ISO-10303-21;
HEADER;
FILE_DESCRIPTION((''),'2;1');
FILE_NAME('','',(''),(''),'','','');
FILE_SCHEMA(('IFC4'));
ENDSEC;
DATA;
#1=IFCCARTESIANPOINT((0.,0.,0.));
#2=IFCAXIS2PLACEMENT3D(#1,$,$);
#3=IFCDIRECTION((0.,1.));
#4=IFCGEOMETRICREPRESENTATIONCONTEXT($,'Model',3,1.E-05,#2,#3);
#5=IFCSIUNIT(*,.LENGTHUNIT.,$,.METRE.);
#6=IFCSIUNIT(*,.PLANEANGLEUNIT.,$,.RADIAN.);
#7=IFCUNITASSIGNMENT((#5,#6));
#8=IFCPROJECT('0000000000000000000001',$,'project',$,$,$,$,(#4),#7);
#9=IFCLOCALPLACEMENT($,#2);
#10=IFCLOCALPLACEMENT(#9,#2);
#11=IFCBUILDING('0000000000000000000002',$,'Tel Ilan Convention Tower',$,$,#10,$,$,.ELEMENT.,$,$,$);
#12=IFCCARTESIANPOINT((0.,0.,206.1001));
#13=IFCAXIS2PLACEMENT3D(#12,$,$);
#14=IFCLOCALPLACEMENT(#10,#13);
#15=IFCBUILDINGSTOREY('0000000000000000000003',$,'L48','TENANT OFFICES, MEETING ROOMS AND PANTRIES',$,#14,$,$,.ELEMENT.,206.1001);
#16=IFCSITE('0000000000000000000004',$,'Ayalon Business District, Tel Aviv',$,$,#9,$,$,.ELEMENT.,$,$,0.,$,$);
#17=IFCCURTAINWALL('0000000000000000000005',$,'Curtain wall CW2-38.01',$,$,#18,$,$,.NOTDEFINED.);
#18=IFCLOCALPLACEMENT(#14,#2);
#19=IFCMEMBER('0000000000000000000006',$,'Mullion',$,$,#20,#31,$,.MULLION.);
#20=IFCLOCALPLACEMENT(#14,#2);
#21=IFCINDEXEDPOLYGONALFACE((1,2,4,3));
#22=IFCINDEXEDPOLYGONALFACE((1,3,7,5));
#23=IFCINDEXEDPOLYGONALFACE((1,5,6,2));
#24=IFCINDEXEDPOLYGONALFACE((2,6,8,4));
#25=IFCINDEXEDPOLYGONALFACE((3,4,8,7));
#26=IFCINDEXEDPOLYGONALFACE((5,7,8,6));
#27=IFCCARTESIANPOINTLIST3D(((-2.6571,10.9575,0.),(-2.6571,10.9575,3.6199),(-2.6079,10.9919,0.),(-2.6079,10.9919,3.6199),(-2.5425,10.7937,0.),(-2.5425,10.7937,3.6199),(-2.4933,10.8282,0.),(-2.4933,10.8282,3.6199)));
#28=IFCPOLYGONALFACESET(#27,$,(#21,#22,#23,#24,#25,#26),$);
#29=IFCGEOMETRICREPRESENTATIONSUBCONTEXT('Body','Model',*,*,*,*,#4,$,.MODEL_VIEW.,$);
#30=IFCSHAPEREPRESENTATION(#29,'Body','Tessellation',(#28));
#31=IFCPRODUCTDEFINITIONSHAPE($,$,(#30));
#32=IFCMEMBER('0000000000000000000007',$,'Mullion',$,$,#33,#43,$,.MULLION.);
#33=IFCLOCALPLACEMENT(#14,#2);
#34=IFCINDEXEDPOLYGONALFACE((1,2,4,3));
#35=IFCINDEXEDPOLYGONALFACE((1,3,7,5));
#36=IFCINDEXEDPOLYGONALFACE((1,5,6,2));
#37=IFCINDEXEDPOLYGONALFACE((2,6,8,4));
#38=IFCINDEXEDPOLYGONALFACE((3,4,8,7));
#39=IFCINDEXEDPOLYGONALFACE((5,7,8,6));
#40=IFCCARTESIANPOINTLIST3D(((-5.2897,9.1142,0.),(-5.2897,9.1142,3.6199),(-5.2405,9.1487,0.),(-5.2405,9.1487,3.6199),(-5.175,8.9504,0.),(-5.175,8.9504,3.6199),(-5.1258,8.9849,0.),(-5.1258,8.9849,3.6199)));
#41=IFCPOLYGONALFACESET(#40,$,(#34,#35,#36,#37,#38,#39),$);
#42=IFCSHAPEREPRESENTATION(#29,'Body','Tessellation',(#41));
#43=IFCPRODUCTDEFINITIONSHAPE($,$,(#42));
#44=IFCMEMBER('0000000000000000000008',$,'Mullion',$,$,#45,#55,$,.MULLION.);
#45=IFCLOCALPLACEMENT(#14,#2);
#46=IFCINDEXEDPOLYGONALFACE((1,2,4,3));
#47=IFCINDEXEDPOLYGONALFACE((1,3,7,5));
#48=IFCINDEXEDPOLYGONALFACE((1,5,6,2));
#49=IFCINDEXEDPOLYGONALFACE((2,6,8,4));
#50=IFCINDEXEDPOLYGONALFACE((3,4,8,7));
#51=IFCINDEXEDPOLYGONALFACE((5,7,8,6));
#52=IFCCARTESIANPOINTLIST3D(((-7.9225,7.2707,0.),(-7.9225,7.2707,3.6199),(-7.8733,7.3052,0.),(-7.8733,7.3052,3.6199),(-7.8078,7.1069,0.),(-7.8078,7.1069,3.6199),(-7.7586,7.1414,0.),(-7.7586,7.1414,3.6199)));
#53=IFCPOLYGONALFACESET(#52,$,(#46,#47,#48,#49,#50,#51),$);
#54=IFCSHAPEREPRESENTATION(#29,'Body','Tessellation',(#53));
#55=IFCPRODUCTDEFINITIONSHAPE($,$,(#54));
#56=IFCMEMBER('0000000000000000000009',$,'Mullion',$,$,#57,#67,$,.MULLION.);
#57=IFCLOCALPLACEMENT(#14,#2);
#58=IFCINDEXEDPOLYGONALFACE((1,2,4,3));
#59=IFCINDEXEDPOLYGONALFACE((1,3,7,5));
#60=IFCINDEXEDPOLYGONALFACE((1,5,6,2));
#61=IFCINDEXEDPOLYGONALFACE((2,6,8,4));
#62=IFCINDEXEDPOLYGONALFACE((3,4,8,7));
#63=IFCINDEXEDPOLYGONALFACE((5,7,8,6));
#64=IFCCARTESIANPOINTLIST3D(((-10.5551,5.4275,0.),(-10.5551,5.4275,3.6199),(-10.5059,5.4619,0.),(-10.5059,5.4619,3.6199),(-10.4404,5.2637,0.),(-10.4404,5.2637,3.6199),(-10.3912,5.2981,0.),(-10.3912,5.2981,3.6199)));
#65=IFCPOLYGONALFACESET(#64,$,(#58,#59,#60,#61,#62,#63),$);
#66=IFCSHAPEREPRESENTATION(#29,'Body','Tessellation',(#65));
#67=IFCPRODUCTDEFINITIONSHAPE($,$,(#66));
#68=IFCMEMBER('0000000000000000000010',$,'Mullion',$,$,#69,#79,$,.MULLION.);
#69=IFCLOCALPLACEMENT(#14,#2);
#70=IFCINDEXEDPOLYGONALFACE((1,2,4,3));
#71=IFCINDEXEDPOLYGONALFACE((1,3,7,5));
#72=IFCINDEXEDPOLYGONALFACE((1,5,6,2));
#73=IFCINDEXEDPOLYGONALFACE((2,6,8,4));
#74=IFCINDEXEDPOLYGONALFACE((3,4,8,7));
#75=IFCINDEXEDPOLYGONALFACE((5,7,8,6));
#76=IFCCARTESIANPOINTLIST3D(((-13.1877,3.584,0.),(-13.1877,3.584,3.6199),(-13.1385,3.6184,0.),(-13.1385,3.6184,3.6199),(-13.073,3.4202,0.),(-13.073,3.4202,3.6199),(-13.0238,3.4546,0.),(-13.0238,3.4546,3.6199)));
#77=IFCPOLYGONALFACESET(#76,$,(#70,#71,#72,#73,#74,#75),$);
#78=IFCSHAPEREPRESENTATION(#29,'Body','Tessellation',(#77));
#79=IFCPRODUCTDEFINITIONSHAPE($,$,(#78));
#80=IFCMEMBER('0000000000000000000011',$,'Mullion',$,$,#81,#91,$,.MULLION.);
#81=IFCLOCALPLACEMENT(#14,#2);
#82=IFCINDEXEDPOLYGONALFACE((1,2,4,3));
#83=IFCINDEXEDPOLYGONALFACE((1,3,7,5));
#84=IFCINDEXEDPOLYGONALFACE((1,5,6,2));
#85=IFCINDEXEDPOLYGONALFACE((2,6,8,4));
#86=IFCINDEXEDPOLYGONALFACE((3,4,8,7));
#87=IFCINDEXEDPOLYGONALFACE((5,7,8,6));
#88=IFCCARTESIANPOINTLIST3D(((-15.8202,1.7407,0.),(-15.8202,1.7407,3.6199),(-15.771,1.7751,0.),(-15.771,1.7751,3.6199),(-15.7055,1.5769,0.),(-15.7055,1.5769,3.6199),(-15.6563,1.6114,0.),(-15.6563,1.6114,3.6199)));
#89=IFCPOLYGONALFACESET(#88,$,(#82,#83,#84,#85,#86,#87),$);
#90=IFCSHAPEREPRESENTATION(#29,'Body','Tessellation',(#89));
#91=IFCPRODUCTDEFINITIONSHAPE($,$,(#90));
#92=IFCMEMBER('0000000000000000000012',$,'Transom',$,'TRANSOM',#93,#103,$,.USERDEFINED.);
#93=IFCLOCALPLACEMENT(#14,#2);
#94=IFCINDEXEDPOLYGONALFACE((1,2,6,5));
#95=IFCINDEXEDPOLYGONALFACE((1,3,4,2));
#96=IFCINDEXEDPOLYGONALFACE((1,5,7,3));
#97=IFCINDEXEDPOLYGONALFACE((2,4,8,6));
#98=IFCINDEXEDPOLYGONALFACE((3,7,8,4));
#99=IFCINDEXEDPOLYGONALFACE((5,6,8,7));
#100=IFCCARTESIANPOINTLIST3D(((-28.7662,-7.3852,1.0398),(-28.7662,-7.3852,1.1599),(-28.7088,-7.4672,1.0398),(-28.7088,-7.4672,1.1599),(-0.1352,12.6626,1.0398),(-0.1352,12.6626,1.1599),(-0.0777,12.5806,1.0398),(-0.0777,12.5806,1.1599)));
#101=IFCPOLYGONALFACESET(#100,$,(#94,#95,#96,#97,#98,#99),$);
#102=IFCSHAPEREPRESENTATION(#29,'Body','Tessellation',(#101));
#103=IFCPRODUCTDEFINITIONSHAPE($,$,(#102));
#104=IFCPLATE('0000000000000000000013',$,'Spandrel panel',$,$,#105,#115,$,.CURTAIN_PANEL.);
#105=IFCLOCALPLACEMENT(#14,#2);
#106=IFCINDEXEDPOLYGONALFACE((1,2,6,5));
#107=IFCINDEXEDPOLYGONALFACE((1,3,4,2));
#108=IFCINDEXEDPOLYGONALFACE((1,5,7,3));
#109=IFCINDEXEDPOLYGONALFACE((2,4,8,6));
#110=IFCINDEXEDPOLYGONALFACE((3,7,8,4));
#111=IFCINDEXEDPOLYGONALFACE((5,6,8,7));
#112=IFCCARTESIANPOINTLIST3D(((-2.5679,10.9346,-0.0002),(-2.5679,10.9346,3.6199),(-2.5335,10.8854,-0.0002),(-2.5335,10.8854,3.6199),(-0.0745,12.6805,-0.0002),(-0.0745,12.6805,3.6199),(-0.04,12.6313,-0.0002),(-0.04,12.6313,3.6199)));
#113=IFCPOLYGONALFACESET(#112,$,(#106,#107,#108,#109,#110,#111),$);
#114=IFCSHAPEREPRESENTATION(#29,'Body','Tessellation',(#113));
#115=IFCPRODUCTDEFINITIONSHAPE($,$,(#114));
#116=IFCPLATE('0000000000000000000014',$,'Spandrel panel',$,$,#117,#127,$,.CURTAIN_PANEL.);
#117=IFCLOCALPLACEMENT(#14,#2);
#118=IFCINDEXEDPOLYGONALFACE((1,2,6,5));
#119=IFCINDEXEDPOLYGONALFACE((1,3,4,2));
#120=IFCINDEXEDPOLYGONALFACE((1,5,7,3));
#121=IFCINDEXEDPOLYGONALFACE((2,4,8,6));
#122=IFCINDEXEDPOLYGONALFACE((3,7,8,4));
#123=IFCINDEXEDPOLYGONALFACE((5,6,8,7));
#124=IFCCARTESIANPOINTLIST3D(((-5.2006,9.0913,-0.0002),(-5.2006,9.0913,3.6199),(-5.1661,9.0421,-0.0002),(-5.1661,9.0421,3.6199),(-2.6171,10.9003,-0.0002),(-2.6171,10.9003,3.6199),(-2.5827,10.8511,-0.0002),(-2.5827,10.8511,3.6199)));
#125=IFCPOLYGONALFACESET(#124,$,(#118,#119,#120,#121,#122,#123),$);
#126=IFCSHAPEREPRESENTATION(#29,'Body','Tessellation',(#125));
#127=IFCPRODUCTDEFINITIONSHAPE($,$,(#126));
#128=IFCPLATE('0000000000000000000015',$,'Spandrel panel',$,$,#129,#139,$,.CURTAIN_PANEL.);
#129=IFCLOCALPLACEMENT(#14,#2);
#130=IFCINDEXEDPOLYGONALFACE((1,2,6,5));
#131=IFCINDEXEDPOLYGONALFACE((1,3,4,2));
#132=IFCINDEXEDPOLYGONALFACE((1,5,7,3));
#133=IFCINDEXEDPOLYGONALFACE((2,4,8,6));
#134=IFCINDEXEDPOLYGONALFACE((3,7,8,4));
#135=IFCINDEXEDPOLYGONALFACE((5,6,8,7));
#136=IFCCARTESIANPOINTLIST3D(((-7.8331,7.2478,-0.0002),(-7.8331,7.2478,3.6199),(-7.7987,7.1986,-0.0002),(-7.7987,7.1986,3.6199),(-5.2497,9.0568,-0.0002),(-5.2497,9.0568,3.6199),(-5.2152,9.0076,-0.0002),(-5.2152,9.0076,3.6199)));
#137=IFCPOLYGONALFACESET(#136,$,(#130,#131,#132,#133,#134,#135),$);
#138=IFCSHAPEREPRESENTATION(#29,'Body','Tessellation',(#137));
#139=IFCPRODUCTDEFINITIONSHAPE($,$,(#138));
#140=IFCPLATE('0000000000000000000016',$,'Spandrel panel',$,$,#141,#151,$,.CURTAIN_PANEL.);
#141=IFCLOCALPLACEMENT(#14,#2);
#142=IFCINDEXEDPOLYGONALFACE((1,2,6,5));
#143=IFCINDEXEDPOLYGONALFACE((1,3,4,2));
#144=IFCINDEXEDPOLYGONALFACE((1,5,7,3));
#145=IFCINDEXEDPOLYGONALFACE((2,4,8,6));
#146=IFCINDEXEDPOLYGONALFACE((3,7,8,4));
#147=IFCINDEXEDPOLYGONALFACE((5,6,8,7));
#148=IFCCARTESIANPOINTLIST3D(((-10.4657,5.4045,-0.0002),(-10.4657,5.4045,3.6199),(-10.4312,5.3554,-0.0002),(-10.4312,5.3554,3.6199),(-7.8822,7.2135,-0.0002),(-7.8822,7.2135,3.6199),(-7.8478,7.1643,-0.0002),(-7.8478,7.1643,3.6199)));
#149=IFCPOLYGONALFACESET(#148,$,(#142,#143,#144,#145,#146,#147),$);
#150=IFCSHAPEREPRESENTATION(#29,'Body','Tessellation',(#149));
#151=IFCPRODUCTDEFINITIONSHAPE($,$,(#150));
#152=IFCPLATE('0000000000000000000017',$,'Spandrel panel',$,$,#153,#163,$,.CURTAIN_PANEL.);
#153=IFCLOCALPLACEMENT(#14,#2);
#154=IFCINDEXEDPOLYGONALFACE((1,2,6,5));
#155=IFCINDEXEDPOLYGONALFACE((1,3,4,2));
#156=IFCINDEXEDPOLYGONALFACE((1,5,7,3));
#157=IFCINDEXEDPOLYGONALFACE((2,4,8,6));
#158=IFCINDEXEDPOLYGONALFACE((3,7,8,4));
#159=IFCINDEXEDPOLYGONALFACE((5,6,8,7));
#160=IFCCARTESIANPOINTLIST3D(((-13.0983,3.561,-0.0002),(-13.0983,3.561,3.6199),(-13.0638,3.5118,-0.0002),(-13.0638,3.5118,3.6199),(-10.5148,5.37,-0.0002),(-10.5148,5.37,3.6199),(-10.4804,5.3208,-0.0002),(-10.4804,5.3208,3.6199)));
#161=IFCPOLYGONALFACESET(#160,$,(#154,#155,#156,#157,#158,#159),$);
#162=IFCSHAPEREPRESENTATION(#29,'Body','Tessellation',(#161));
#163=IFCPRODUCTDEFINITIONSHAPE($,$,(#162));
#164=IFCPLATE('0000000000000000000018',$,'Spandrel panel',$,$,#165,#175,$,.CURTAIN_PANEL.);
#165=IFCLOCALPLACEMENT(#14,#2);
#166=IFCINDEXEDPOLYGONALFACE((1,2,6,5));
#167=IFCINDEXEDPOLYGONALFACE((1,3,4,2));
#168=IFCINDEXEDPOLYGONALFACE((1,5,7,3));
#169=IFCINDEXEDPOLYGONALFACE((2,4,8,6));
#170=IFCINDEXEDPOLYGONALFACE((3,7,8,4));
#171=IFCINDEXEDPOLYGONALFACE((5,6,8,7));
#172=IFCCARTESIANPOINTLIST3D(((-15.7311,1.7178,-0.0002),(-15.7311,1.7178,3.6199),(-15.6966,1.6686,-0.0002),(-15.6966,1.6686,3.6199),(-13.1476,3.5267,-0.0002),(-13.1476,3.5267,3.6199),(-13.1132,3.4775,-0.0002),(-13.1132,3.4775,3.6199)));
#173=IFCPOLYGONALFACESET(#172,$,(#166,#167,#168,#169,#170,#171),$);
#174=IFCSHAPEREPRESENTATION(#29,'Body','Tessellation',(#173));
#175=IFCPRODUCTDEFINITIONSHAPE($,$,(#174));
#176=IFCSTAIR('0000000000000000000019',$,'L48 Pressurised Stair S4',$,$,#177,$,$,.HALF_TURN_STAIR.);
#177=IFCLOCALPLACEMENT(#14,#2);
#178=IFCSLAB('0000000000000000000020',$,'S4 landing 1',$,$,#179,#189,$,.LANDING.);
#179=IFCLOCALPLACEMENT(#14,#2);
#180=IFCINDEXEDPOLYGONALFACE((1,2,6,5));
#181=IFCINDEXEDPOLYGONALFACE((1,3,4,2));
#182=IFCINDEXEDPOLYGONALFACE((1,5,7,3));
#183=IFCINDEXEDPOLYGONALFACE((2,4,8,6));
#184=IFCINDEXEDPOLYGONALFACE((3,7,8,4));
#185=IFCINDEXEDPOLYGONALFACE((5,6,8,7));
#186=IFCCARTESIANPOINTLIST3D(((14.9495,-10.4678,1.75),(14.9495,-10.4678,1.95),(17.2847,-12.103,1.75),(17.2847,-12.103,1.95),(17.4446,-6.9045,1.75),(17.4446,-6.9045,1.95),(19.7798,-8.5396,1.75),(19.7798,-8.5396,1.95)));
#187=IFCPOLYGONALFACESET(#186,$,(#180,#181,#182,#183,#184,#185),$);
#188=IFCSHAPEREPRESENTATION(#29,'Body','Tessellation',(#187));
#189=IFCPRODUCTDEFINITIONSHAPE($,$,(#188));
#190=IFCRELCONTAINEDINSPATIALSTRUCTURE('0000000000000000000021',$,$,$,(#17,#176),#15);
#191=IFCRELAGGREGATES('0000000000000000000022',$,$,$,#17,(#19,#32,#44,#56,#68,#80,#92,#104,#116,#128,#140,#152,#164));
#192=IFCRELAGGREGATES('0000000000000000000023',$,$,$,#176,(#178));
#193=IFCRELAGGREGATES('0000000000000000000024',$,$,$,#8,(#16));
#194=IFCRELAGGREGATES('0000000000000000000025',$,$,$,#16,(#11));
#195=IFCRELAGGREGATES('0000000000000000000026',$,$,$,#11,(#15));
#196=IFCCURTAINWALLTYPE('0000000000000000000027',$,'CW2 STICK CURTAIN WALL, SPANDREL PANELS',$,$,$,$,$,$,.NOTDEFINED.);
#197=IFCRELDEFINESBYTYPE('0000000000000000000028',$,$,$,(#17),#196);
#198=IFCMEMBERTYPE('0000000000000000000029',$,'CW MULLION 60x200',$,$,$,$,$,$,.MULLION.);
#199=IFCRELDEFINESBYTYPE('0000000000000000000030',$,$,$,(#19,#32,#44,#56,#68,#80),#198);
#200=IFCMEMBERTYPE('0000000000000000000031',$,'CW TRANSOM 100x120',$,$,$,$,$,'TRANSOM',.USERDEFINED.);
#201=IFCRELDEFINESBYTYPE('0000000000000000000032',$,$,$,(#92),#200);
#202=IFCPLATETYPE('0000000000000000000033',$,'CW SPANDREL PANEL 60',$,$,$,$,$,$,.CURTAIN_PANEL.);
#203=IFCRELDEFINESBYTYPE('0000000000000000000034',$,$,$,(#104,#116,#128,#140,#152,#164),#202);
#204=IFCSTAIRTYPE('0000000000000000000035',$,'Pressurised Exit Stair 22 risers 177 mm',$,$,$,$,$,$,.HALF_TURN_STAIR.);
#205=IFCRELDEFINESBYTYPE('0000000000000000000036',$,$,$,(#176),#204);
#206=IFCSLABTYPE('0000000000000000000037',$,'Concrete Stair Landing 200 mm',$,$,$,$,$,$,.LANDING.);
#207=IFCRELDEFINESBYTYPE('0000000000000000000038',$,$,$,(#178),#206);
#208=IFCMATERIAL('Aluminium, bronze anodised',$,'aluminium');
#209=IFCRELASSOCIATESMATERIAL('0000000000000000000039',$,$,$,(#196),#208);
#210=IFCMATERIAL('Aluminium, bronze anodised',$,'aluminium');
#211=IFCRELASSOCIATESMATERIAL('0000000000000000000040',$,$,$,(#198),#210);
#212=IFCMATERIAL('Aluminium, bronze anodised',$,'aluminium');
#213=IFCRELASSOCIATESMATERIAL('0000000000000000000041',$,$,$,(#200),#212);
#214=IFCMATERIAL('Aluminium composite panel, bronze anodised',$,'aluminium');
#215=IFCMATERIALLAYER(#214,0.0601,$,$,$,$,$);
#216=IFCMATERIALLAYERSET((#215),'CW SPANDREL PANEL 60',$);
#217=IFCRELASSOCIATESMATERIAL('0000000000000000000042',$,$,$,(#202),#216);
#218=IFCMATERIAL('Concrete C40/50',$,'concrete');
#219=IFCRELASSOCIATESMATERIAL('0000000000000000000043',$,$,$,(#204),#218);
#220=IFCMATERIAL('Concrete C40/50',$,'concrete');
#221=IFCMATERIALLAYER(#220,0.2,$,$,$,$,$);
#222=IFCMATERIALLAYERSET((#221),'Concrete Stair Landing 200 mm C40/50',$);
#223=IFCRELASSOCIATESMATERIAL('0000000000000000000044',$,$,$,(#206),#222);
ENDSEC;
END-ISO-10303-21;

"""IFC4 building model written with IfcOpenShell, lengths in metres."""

from ifc_helpers import new_model, si_unit, direction, frame, origin, origin_2d, place, context, subcontext, project, spatial, polyline, rectangle, outline, extrude, material, layer, layer_set, material_profile, profile_set, type_object, element, aggregate, save


model = new_model("IFC4")

# Units and contexts
model_context = context("Model", 3, precision=1e-05, world=origin(), true_north=direction((0.0, 1.0)))
body_context = subcontext(model_context, "Body", "Model", "MODEL_VIEW")
ifc_project = project(units=[si_unit("LENGTHUNIT", "METRE"), si_unit("PLANEANGLEUNIT", "RADIAN")], contexts=[model_context])

# Site, building, storey
site_placement = place(None, origin())
site = spatial("IfcSite", under=ifc_project, at=site_placement, Name="Ayalon Business District, Tel Aviv", CompositionType="ELEMENT", RefElevation=0.0)
building_placement = place(site_placement, origin())
building = spatial("IfcBuilding", under=site, at=building_placement, Name="Tel Ilan Convention Tower", CompositionType="ELEMENT")
storey_placement = place(building_placement, frame((0.0, 0.0, 206.1001)))
storey = spatial("IfcBuildingStorey", under=building, at=storey_placement, Name="L48", Description="TENANT OFFICES, MEETING ROOMS AND PANTRIES", CompositionType="ELEMENT", Elevation=206.1001)

# Curtain wall, members, plates
ifc_material_1 = material(Name="Aluminium, bronze anodised", Category="aluminium")
curtain_wall_type = type_object("IfcCurtainWallType", Name="CW2 STICK CURTAIN WALL, SPANDREL PANELS", PredefinedType="NOTDEFINED", material=ifc_material_1)
curtain_wall_placement = place(storey_placement, origin())
curtain_wall = element("IfcCurtainWall", 1, at=curtain_wall_placement, inside=storey, type_object=curtain_wall_type, Name="Curtain wall CW2-38.01", PredefinedType="NOTDEFINED")
ifc_material_2 = material(Name="Aluminium, bronze anodised", Category="aluminium")
ifc_material_profile_1 = material_profile(ifc_material_2, rectangle(XDim=0.0601, YDim=0.2, at=origin_2d()), Name="CW MULLION 60x200")
ifc_profile_set_1 = profile_set([ifc_material_profile_1], Name="Aluminium, bronze anodised")
member_type_1 = type_object("IfcMemberType", Name="CW MULLION 60x200", PredefinedType="MULLION", material=ifc_profile_set_1)
member_1_placement = place(storey_placement, frame((-2.5752, 10.8928, 0.0), z_axis=(0.0, 0.0, 1.0), x_axis=(-0.819152, -0.573576, 0.0)))
member_1 = element("IfcMember", 2, at=member_1_placement, type_object=member_type_1, Name="Mullion", PredefinedType="MULLION", context=body_context, shape_type="SweptSolid", body=[
    extrude(rectangle(XDim=0.0601, YDim=0.2, at=origin_2d()), origin(), (0.0, 0.0, 1.0), 3.6199),
])
member_2_placement = place(storey_placement, frame((-5.2078, 9.0496, 0.0), z_axis=(0.0, 0.0, 1.0), x_axis=(-0.819152, -0.573576, 0.0)))
member_2 = element("IfcMember", 3, at=member_2_placement, type_object=member_type_1, Name="Mullion", PredefinedType="MULLION", context=body_context, shape_type="SweptSolid", body=[
    extrude(rectangle(XDim=0.0601, YDim=0.2, at=origin_2d()), origin(), (0.0, 0.0, 1.0), 3.6199),
])
member_3_placement = place(storey_placement, frame((-7.8406, 7.2061, 0.0), z_axis=(0.0, 0.0, 1.0), x_axis=(-0.819152, -0.573576, 0.0)))
member_3 = element("IfcMember", 4, at=member_3_placement, type_object=member_type_1, Name="Mullion", PredefinedType="MULLION", context=body_context, shape_type="SweptSolid", body=[
    extrude(rectangle(XDim=0.0601, YDim=0.2, at=origin_2d()), origin(), (0.0, 0.0, 1.0), 3.6199),
])
member_4_placement = place(storey_placement, frame((-10.4731, 5.3628, 0.0), z_axis=(0.0, 0.0, 1.0), x_axis=(-0.819152, -0.573576, 0.0)))
member_4 = element("IfcMember", 5, at=member_4_placement, type_object=member_type_1, Name="Mullion", PredefinedType="MULLION", context=body_context, shape_type="SweptSolid", body=[
    extrude(rectangle(XDim=0.0601, YDim=0.2, at=origin_2d()), origin(), (0.0, 0.0, 1.0), 3.6199),
])
member_5_placement = place(storey_placement, frame((-13.1057, 3.5193, 0.0), z_axis=(0.0, 0.0, 1.0), x_axis=(-0.819152, -0.573576, 0.0)))
member_5 = element("IfcMember", 6, at=member_5_placement, type_object=member_type_1, Name="Mullion", PredefinedType="MULLION", context=body_context, shape_type="SweptSolid", body=[
    extrude(rectangle(XDim=0.0601, YDim=0.2, at=origin_2d()), origin(), (0.0, 0.0, 1.0), 3.6199),
])
member_6_placement = place(storey_placement, frame((-15.7383, 1.676, 0.0), z_axis=(0.0, 0.0, 1.0), x_axis=(-0.819152, -0.573576, 0.0)))
member_6 = element("IfcMember", 7, at=member_6_placement, type_object=member_type_1, Name="Mullion", PredefinedType="MULLION", context=body_context, shape_type="SweptSolid", body=[
    extrude(rectangle(XDim=0.0601, YDim=0.2, at=origin_2d()), origin(), (0.0, 0.0, 1.0), 3.6199),
])
ifc_material_3 = material(Name="Aluminium, bronze anodised", Category="aluminium")
ifc_material_profile_2 = material_profile(ifc_material_3, rectangle(XDim=0.1001, YDim=0.1201, at=origin_2d()), Name="CW TRANSOM 100x120")
ifc_profile_set_2 = profile_set([ifc_material_profile_2], Name="Aluminium, bronze anodised")
member_type_2 = type_object("IfcMemberType", Name="CW TRANSOM 100x120", ElementType="TRANSOM", PredefinedType="USERDEFINED", material=ifc_profile_set_2)
member_7_placement = place(storey_placement, frame((-0.1064, 12.6216, 1.0999), z_axis=(-0.81915, -0.573579, 0.0), x_axis=(0.573579, -0.81915, 0.0)))
member_7 = element("IfcMember", 8, at=member_7_placement, type_object=member_type_2, Name="Transom", ObjectType="TRANSOM", PredefinedType="USERDEFINED", context=body_context, shape_type="SweptSolid", body=[
    extrude(rectangle(XDim=0.1001, YDim=0.1201, at=origin_2d()), origin(), (0.0, 0.0, 1.0), 34.9521),
])
ifc_material_4 = material(Name="Aluminium composite panel, bronze anodised", Category="aluminium")
ifc_layer_1 = layer(ifc_material_4, 0.0601)
ifc_layer_set_1 = layer_set([ifc_layer_1], Name="CW SPANDREL PANEL 60")
plate_type = type_object("IfcPlateType", Name="CW SPANDREL PANEL 60", PredefinedType="CURTAIN_PANEL", material=ifc_layer_set_1)
plate_1_placement = place(storey_placement, frame((-1.304, 11.783, -0.0002), z_axis=(0.0, 0.0, 1.0), x_axis=(-0.819152, -0.573576, 0.0)))
plate_1 = element("IfcPlate", 9, at=plate_1_placement, type_object=plate_type, Name="Spandrel panel", PredefinedType="CURTAIN_PANEL", context=body_context, shape_type="SweptSolid", body=[
    extrude(rectangle(XDim=3.0439, YDim=0.0601, at=origin_2d()), origin(), (0.0, 0.0, 1.0), 3.6201),
])
plate_2_placement = place(storey_placement, frame((-3.8916, 9.9712, -0.0002), z_axis=(0.0, 0.0, 1.0), x_axis=(-0.819152, -0.573576, 0.0)))
plate_2 = element("IfcPlate", 10, at=plate_2_placement, type_object=plate_type, Name="Spandrel panel", PredefinedType="CURTAIN_PANEL", context=body_context, shape_type="SweptSolid", body=[
    extrude(rectangle(XDim=3.1538, YDim=0.0601, at=origin_2d()), origin(), (0.0, 0.0, 1.0), 3.6201),
])
plate_3_placement = place(storey_placement, frame((-6.5242, 8.1277, -0.0002), z_axis=(0.0, 0.0, 1.0), x_axis=(-0.819152, -0.573576, 0.0)))
plate_3 = element("IfcPlate", 11, at=plate_3_placement, type_object=plate_type, Name="Spandrel panel", PredefinedType="CURTAIN_PANEL", context=body_context, shape_type="SweptSolid", body=[
    extrude(rectangle(XDim=3.1538, YDim=0.0601, at=origin_2d()), origin(), (0.0, 0.0, 1.0), 3.6201),
])
plate_4_placement = place(storey_placement, frame((-9.1567, 6.2844, -0.0002), z_axis=(0.0, 0.0, 1.0), x_axis=(-0.819152, -0.573576, 0.0)))
plate_4 = element("IfcPlate", 12, at=plate_4_placement, type_object=plate_type, Name="Spandrel panel", PredefinedType="CURTAIN_PANEL", context=body_context, shape_type="SweptSolid", body=[
    extrude(rectangle(XDim=3.1538, YDim=0.0601, at=origin_2d()), origin(), (0.0, 0.0, 1.0), 3.6201),
])
plate_5_placement = place(storey_placement, frame((-11.7893, 4.4409, -0.0002), z_axis=(0.0, 0.0, 1.0), x_axis=(-0.819152, -0.573576, 0.0)))
plate_5 = element("IfcPlate", 13, at=plate_5_placement, type_object=plate_type, Name="Spandrel panel", PredefinedType="CURTAIN_PANEL", context=body_context, shape_type="SweptSolid", body=[
    extrude(rectangle(XDim=3.1538, YDim=0.0601, at=origin_2d()), origin(), (0.0, 0.0, 1.0), 3.6201),
])
plate_6_placement = place(storey_placement, frame((-14.4221, 2.5977, -0.0002), z_axis=(0.0, 0.0, 1.0), x_axis=(-0.819152, -0.573576, 0.0)))
plate_6 = element("IfcPlate", 14, at=plate_6_placement, type_object=plate_type, Name="Spandrel panel", PredefinedType="CURTAIN_PANEL", context=body_context, shape_type="SweptSolid", body=[
    extrude(rectangle(XDim=3.1538, YDim=0.0601, at=origin_2d()), origin(), (0.0, 0.0, 1.0), 3.6201),
])
aggregate(curtain_wall, [member_1, member_2, member_3, member_4, member_5, member_6, member_7, plate_1, plate_2, plate_3, plate_4, plate_5, plate_6])

# Stair, slab
ifc_material_5 = material(Name="Concrete C40/50", Category="concrete")
stair_type = type_object("IfcStairType", Name="Pressurised Exit Stair 22 risers 177 mm", PredefinedType="HALF_TURN_STAIR", material=ifc_material_5)
stair_placement = place(storey_placement, origin())
stair = element("IfcStair", 15, at=stair_placement, inside=storey, type_object=stair_type, Name="L48 Pressurised Stair S4", PredefinedType="HALF_TURN_STAIR")
ifc_material_6 = material(Name="Concrete C40/50", Category="concrete")
ifc_layer_2 = layer(ifc_material_6, 0.2)
ifc_layer_set_2 = layer_set([ifc_layer_2], Name="Concrete Stair Landing 200 mm C40/50")
slab_type = type_object("IfcSlabType", Name="Concrete Stair Landing 200 mm", PredefinedType="LANDING", material=ifc_layer_set_2)
slab_placement = place(storey_placement, frame((0.0, 0.0, 1.75)))
slab = element("IfcSlab", 16, at=slab_placement, type_object=slab_type, Name="S4 landing 1", PredefinedType="LANDING", context=body_context, shape_type="SweptSolid", body=[
    extrude(outline(polyline([(19.7798, -8.5396), (17.4446, -6.9045), (14.9495, -10.4678), (17.2847, -12.103), (19.7798, -8.5396)])), origin(), (0.0, 0.0, 1.0), 0.2),
])
aggregate(stair, [slab])

save(model, "model.ifc")
